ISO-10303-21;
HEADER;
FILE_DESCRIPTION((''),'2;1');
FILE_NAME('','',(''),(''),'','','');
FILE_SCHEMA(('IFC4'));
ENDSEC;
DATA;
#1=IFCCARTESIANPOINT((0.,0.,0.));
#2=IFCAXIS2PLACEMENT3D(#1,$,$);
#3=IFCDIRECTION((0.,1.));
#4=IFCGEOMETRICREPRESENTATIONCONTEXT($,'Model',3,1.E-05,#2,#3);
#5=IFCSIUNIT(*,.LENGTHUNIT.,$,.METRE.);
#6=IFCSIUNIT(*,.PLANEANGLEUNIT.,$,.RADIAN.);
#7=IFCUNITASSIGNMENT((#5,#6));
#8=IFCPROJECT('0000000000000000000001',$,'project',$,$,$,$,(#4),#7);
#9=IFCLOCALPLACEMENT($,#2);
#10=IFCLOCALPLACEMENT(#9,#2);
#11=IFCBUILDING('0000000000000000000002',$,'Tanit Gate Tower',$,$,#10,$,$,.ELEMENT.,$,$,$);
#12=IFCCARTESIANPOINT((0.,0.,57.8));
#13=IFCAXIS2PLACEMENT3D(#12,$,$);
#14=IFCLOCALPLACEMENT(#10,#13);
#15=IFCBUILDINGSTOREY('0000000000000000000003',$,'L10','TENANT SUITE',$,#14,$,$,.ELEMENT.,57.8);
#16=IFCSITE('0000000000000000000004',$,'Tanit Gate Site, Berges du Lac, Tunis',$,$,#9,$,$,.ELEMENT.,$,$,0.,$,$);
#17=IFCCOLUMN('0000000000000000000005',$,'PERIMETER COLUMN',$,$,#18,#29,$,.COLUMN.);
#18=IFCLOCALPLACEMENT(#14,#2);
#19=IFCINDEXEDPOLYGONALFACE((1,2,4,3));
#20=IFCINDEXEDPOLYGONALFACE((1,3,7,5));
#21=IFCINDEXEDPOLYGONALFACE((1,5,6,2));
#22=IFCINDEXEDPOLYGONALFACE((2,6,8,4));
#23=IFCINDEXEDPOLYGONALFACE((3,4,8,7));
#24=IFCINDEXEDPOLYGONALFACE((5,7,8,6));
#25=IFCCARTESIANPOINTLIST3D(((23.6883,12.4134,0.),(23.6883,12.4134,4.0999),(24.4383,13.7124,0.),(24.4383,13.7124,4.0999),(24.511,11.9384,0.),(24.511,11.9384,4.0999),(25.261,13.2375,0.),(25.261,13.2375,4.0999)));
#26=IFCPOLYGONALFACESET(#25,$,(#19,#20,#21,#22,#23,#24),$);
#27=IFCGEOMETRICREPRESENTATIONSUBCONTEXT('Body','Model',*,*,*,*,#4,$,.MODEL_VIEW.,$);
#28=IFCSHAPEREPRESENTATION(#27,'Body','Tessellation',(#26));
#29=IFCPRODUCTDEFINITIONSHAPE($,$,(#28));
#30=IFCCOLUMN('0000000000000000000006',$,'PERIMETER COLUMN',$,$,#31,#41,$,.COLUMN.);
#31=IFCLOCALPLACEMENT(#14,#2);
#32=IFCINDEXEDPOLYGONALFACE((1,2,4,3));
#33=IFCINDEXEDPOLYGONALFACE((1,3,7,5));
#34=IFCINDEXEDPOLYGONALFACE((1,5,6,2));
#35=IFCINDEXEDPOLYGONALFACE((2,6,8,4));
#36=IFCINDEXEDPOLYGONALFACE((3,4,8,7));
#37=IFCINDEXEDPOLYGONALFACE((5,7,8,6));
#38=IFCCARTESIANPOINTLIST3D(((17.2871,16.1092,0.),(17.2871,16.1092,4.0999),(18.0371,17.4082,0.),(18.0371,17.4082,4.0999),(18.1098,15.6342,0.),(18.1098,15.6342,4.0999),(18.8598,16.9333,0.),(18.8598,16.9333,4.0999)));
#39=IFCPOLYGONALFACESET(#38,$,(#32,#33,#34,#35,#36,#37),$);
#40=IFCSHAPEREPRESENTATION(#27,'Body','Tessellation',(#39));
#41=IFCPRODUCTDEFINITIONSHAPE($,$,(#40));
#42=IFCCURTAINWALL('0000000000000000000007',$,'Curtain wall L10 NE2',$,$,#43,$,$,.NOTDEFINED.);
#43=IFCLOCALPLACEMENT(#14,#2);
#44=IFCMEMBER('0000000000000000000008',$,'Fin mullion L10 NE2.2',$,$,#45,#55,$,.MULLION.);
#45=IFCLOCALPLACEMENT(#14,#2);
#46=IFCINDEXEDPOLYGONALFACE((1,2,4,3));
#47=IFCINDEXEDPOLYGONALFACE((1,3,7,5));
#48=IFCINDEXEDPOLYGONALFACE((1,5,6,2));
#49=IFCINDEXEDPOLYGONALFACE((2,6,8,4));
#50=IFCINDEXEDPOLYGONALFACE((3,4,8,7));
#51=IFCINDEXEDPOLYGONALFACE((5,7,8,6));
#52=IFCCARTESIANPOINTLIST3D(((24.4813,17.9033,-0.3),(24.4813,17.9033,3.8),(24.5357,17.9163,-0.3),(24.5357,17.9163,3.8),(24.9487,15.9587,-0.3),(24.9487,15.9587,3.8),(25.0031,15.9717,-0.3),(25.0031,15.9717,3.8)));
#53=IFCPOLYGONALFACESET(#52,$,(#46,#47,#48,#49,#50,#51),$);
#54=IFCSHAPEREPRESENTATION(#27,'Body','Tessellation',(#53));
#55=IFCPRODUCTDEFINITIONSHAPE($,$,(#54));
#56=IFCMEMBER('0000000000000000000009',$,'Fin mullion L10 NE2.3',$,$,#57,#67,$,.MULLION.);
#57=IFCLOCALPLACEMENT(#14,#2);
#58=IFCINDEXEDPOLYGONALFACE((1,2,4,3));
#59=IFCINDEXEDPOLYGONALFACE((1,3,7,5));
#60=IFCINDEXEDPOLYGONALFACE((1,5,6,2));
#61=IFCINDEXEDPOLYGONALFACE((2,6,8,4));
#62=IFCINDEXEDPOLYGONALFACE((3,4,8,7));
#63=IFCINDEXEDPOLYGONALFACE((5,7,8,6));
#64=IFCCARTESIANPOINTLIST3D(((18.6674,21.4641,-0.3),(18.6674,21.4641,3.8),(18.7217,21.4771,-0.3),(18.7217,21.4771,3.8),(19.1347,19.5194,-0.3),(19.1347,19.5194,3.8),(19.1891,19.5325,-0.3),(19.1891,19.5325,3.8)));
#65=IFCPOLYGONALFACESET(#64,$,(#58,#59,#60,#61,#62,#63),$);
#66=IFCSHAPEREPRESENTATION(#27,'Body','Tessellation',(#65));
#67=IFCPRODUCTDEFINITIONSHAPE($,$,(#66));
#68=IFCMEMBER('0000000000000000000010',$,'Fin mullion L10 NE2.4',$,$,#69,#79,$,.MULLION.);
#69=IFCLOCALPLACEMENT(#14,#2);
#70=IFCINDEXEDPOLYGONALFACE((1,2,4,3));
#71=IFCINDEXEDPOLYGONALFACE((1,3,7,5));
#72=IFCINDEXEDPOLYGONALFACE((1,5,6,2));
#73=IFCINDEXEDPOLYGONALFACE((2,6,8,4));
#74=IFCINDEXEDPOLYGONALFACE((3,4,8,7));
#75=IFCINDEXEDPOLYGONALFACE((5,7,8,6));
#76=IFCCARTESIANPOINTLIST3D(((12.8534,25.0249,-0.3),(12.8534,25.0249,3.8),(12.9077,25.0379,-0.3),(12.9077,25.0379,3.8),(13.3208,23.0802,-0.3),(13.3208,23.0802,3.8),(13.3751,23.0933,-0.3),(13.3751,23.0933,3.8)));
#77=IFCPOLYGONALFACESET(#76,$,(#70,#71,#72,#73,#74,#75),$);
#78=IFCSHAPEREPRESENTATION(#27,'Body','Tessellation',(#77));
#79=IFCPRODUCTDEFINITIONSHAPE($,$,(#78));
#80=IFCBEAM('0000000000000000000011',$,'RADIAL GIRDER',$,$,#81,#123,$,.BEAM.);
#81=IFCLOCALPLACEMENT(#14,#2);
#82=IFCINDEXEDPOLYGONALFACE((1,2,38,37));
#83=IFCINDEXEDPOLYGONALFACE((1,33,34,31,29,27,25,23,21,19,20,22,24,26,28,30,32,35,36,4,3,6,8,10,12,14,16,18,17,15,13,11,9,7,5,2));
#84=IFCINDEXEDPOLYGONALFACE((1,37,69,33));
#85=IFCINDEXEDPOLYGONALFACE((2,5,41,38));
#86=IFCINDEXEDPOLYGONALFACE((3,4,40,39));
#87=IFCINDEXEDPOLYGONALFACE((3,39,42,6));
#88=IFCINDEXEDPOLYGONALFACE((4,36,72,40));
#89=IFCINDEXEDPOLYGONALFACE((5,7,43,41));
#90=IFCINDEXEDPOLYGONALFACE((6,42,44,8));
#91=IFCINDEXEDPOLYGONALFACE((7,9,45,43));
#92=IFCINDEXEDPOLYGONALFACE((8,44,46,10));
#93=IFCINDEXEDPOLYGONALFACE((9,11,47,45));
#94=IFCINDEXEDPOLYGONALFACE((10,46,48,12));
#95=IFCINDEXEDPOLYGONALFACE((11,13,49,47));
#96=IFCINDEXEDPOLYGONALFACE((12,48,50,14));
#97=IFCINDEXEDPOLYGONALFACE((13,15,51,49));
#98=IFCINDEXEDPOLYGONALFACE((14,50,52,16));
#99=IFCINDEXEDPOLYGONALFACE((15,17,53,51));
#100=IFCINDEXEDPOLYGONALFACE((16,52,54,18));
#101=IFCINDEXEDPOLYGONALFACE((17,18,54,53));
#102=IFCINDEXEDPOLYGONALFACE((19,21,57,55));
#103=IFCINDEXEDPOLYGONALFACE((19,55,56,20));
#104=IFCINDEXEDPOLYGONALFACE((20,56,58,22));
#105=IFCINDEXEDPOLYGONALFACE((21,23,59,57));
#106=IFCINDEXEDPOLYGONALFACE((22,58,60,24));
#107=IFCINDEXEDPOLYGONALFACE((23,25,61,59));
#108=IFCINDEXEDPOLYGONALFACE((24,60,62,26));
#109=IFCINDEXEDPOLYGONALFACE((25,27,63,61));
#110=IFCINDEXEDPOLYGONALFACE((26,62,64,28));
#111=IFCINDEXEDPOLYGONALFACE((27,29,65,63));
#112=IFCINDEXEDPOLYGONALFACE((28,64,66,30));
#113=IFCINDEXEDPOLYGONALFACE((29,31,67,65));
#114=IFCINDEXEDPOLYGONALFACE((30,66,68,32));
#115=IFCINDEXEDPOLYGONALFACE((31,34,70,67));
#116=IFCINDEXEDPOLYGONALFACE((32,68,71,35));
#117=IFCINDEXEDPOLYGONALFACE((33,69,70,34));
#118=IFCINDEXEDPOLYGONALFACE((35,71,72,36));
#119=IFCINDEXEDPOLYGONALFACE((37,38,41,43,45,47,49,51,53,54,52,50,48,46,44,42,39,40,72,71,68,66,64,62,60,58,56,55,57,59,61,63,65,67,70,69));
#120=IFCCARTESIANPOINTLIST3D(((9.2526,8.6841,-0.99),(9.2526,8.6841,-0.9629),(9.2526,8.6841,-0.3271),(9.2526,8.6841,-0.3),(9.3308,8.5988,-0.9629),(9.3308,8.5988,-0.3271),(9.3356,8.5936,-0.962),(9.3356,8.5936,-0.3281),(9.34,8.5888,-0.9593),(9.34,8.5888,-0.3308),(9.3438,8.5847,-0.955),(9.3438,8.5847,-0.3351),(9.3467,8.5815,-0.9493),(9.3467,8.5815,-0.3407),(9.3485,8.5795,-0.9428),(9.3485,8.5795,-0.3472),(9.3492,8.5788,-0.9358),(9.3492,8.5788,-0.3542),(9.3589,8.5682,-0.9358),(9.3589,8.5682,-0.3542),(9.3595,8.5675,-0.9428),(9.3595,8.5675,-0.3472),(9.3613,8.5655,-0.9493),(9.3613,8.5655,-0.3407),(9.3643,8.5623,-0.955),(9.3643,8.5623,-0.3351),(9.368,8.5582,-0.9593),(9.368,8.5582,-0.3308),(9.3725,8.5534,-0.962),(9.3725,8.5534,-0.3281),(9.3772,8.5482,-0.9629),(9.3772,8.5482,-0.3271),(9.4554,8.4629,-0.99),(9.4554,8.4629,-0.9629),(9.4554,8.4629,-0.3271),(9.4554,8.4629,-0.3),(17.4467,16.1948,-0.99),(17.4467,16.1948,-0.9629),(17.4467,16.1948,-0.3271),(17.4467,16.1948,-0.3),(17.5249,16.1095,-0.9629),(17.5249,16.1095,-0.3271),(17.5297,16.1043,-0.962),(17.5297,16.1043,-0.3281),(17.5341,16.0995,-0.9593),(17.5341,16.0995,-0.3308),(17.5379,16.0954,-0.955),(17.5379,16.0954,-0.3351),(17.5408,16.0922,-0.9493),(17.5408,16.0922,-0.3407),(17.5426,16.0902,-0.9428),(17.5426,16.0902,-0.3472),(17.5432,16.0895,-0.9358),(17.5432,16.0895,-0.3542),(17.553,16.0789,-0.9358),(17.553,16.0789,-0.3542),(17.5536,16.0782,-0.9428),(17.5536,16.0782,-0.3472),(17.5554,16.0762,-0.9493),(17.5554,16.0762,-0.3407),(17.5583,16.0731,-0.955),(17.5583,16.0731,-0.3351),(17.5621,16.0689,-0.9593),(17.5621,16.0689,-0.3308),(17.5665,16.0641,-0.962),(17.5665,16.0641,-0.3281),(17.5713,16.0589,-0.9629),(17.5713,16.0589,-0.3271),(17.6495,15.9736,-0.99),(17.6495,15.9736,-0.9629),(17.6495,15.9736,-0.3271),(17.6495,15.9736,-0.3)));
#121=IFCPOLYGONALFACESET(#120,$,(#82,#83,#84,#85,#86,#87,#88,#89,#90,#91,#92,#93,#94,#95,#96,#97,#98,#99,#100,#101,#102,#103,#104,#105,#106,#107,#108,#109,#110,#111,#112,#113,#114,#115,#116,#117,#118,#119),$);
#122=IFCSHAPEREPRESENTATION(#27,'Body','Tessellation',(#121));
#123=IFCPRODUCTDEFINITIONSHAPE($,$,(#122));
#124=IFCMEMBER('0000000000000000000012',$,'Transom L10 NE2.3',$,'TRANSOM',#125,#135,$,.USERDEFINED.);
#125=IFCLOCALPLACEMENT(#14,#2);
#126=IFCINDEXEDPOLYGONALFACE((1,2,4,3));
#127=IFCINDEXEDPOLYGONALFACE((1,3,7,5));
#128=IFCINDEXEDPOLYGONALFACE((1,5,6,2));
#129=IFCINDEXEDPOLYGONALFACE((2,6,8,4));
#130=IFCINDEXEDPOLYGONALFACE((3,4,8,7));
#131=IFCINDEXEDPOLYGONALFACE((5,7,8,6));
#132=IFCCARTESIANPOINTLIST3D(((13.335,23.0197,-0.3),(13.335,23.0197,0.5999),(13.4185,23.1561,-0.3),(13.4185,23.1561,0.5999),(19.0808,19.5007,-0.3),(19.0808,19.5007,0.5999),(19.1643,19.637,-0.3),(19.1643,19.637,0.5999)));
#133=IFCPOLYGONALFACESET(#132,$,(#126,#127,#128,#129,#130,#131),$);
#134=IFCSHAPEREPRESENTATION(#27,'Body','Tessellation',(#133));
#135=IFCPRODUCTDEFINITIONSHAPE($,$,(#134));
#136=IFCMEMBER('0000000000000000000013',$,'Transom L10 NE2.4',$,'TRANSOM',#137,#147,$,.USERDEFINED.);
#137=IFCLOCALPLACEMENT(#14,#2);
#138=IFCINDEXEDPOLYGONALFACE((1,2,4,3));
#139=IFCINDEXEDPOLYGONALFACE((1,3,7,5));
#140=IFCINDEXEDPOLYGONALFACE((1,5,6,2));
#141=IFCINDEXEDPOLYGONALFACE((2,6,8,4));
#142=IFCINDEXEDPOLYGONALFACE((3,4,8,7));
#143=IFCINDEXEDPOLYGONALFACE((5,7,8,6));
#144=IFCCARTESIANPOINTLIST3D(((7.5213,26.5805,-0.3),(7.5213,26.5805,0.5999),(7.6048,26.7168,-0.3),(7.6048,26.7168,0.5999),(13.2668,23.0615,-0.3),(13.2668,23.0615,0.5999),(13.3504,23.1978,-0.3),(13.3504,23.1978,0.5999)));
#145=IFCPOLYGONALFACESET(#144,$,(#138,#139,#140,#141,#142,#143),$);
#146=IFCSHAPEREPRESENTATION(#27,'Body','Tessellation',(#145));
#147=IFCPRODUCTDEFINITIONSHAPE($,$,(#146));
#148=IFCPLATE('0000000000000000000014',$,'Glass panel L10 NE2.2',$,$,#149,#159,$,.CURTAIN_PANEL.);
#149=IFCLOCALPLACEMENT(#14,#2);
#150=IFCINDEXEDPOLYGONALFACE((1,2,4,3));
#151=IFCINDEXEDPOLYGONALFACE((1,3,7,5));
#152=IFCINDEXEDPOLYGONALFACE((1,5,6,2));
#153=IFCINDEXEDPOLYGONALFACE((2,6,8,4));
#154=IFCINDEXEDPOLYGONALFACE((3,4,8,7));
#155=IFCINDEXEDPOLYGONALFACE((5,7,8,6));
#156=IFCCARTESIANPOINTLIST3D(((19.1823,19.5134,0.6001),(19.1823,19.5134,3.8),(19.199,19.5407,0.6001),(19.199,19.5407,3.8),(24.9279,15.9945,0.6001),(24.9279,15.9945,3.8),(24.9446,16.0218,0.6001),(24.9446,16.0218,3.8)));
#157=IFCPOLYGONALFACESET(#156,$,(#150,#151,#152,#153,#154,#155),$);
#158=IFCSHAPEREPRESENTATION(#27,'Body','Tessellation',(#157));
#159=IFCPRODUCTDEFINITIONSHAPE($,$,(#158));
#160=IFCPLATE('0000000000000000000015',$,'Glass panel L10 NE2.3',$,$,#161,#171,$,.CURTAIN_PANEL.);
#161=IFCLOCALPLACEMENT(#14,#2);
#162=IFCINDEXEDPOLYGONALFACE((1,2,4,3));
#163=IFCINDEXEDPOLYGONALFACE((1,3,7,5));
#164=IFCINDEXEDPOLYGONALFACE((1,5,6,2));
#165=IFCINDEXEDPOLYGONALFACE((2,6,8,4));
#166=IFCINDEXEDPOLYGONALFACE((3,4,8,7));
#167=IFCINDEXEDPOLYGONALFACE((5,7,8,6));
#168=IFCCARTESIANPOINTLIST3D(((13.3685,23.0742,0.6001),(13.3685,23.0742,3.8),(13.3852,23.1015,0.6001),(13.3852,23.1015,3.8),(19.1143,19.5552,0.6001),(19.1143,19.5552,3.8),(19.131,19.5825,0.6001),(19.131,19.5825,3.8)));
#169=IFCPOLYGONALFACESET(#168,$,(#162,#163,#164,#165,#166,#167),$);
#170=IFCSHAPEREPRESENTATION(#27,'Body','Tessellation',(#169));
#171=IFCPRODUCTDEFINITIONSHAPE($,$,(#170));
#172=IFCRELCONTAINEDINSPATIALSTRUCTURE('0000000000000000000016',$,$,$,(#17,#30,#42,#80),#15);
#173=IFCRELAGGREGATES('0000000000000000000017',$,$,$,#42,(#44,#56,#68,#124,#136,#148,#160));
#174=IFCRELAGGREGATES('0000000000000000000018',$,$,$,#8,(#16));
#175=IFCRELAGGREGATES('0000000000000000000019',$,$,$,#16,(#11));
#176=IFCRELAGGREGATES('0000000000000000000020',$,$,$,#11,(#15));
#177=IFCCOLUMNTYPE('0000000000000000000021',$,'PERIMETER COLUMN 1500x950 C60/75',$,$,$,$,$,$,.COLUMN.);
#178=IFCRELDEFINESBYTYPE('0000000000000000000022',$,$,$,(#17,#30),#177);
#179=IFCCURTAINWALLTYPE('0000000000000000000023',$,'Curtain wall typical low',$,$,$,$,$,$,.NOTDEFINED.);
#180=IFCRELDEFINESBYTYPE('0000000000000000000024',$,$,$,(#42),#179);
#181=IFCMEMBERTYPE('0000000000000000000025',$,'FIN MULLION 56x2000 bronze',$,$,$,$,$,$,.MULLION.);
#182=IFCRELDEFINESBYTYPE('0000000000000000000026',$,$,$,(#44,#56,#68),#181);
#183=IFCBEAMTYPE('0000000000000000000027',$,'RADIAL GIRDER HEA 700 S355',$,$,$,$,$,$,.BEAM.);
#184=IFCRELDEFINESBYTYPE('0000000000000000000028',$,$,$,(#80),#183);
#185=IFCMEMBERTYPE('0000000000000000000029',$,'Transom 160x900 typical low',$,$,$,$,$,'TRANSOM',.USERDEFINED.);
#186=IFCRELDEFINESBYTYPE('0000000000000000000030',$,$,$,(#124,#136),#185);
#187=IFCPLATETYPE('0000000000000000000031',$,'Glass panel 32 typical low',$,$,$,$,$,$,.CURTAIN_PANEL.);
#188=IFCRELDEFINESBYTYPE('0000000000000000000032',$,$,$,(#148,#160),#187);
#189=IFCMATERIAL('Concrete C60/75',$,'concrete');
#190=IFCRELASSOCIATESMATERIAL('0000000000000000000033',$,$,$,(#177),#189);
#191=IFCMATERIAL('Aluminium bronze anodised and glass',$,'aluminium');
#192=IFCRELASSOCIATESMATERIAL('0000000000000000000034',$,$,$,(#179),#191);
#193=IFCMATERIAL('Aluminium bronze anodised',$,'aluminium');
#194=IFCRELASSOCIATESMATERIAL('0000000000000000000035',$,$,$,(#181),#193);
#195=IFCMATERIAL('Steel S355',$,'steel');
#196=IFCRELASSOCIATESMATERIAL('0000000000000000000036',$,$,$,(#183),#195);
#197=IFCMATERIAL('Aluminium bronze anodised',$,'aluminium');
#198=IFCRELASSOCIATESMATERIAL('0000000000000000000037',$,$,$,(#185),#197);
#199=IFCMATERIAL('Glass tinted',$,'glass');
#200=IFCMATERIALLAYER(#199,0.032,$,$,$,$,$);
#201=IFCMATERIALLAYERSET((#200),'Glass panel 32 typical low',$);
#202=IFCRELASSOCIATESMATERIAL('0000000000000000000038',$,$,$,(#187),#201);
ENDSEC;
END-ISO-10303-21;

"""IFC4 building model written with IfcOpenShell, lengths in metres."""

from ifc_helpers import new_model, si_unit, direction, frame, origin, origin_2d, place, context, subcontext, project, spatial, rectangle, i_section, extrude, material, layer, layer_set, material_profile, profile_set, type_object, element, aggregate, save


model = new_model("IFC4")

# Units and contexts
model_context = context("Model", 3, precision=1e-05, world=origin(), true_north=direction((0.0, 1.0)))
body_context = subcontext(model_context, "Body", "Model", "MODEL_VIEW")
ifc_project = project(units=[si_unit("LENGTHUNIT", "METRE"), si_unit("PLANEANGLEUNIT", "RADIAN")], contexts=[model_context])

# Site, building, storey
site_placement = place(None, origin())
site = spatial("IfcSite", under=ifc_project, at=site_placement, Name="Tanit Gate Site, Berges du Lac, Tunis", CompositionType="ELEMENT", RefElevation=0.0)
building_placement = place(site_placement, origin())
building = spatial("IfcBuilding", under=site, at=building_placement, Name="Tanit Gate Tower", CompositionType="ELEMENT")
storey_placement = place(building_placement, frame((0.0, 0.0, 57.8)))
storey = spatial("IfcBuildingStorey", under=building, at=storey_placement, Name="L10", Description="TENANT SUITE", CompositionType="ELEMENT", Elevation=57.8)

# Columns
ifc_material_1 = material(Name="Concrete C60/75", Category="concrete")
ifc_material_profile_1 = material_profile(ifc_material_1, rectangle(XDim=1.5, YDim=0.95, at=origin_2d()), Name="RC 1500x950")
ifc_profile_set_1 = profile_set([ifc_material_profile_1], Name="Concrete C60/75")
column_type = type_object("IfcColumnType", Name="PERIMETER COLUMN 1500x950 C60/75", PredefinedType="COLUMN", material=ifc_profile_set_1)
for number, where, z_axis, x_axis, name in (
    (1, (24.4746, 12.8254, 0.0), (0.0, 0.0, 1.0), (0.5, 0.866025, 0.0), "PERIMETER COLUMN"),
    (2, (18.0735, 16.5212, 0.0), (0.0, 0.0, 1.0), (0.5, 0.866025, 0.0), "PERIMETER COLUMN"),
):
    element("IfcColumn", number, at=place(storey_placement, frame(where, z_axis=z_axis, x_axis=x_axis)), inside=storey, type_object=column_type, Name=name, PredefinedType="COLUMN", context=body_context, shape_type="SweptSolid", body=[
        extrude(rectangle(XDim=1.5, YDim=0.95, at=origin_2d()), origin(), (0.0, 0.0, 1.0), 4.0999),
    ])

# Curtain wall, members
ifc_material_2 = material(Name="Aluminium bronze anodised and glass", Category="aluminium")
curtain_wall_type = type_object("IfcCurtainWallType", Name="Curtain wall typical low", PredefinedType="NOTDEFINED", material=ifc_material_2)
curtain_wall_placement = place(storey_placement, origin())
curtain_wall = element("IfcCurtainWall", 3, at=curtain_wall_placement, inside=storey, type_object=curtain_wall_type, Name="Curtain wall L10 NE2", PredefinedType="NOTDEFINED")
ifc_material_3 = material(Name="Aluminium bronze anodised", Category="aluminium")
ifc_material_profile_2 = material_profile(ifc_material_3, rectangle(XDim=2.0, YDim=0.0559, at=origin_2d()), Name="56x2000 bronze fin mullion")
ifc_profile_set_2 = profile_set([ifc_material_profile_2], Name="Aluminium bronze anodised")
member_type_1 = type_object("IfcMemberType", Name="FIN MULLION 56x2000 bronze", PredefinedType="MULLION", material=ifc_profile_set_2)
member_1_placement = place(storey_placement, frame((24.7422, 16.9375, -0.3), z_axis=(0.0, 0.0, 1.0), x_axis=(0.233691, -0.972311, 0.0)))
member_1 = element("IfcMember", 4, at=member_1_placement, type_object=member_type_1, Name="Fin mullion L10 NE2.2", PredefinedType="MULLION", context=body_context, shape_type="SweptSolid", body=[
    extrude(rectangle(XDim=2.0, YDim=0.0559, at=origin_2d()), origin(), (0.0, 0.0, 1.0), 4.1001),
])
member_2_placement = place(storey_placement, frame((18.9282, 20.4983, -0.3), z_axis=(0.0, 0.0, 1.0), x_axis=(0.233691, -0.972311, 0.0)))
member_2 = element("IfcMember", 5, at=member_2_placement, type_object=member_type_1, Name="Fin mullion L10 NE2.3", PredefinedType="MULLION", context=body_context, shape_type="SweptSolid", body=[
    extrude(rectangle(XDim=2.0, YDim=0.0559, at=origin_2d()), origin(), (0.0, 0.0, 1.0), 4.1001),
])
member_3_placement = place(storey_placement, frame((13.1143, 24.0591, -0.3), z_axis=(0.0, 0.0, 1.0), x_axis=(0.233691, -0.972311, 0.0)))
member_3 = element("IfcMember", 6, at=member_3_placement, type_object=member_type_1, Name="Fin mullion L10 NE2.4", PredefinedType="MULLION", context=body_context, shape_type="SweptSolid", body=[
    extrude(rectangle(XDim=2.0, YDim=0.0559, at=origin_2d()), origin(), (0.0, 0.0, 1.0), 4.1001),
])

# Beam
ifc_material_4 = material(Name="Steel S355", Category="steel")
ifc_material_profile_3 = material_profile(ifc_material_4, i_section(OverallWidth=0.3, OverallDepth=0.6899, WebThickness=0.0144, FlangeThickness=0.0271, FilletRadius=0.0271, at=origin_2d()), Name="HEA 700")
ifc_profile_set_3 = profile_set([ifc_material_profile_3], Name="Steel S355")
beam_type = type_object("IfcBeamType", Name="RADIAL GIRDER HEA 700 S355", PredefinedType="BEAM", material=ifc_profile_set_3)
beam_placement = place(storey_placement, frame((17.5481, 16.0842, -0.645), z_axis=(-0.737177, -0.6757, 0.0), x_axis=(0.6757, -0.737177, 0.0)))
element("IfcBeam", 7, at=beam_placement, inside=storey, type_object=beam_type, Name="RADIAL GIRDER", PredefinedType="BEAM", context=body_context, shape_type="SweptSolid", body=[
    extrude(i_section(OverallWidth=0.3, OverallDepth=0.6899, WebThickness=0.0144, FlangeThickness=0.0271, FilletRadius=0.0271, at=origin_2d()), origin(), (0.0, 0.0, 1.0), 11.1155),
])

# Members
ifc_material_5 = material(Name="Aluminium bronze anodised", Category="aluminium")
ifc_material_profile_4 = material_profile(ifc_material_5, rectangle(XDim=0.1599, YDim=0.8999, at=origin_2d()), Name="160x900 bronze transom")
ifc_profile_set_4 = profile_set([ifc_material_profile_4], Name="Aluminium bronze anodised")
member_type_2 = type_object("IfcMemberType", Name="Transom 160x900 typical low", ElementType="TRANSOM", PredefinedType="USERDEFINED", material=ifc_profile_set_4)
member_4_placement = place(storey_placement, frame((19.1226, 19.5688, 0.1499), z_axis=(-0.852774, 0.522281, 0.0), x_axis=(-0.522281, -0.852774, 0.0)))
member_4 = element("IfcMember", 8, at=member_4_placement, type_object=member_type_2, Name="Transom L10 NE2.3", ObjectType="TRANSOM", PredefinedType="USERDEFINED", context=body_context, shape_type="SweptSolid", body=[
    extrude(rectangle(XDim=0.1599, YDim=0.8999, at=origin_2d()), origin(), (0.0, 0.0, 1.0), 6.7378),
])
member_5_placement = place(storey_placement, frame((13.3086, 23.1296, 0.1499), z_axis=(-0.852764, 0.522297, 0.0), x_axis=(-0.522297, -0.852764, 0.0)))
member_5 = element("IfcMember", 9, at=member_5_placement, type_object=member_type_2, Name="Transom L10 NE2.4", ObjectType="TRANSOM", PredefinedType="USERDEFINED", context=body_context, shape_type="SweptSolid", body=[
    extrude(rectangle(XDim=0.1599, YDim=0.8999, at=origin_2d()), origin(), (0.0, 0.0, 1.0), 6.7375),
])

# Plates
ifc_material_6 = material(Name="Glass tinted", Category="glass")
ifc_layer = layer(ifc_material_6, 0.032)
ifc_layer_set = layer_set([ifc_layer], Name="Glass panel 32 typical low")
plate_type = type_object("IfcPlateType", Name="Glass panel 32 typical low", PredefinedType="CURTAIN_PANEL", material=ifc_layer_set)
plate_1_placement = place(storey_placement, frame((22.0635, 17.7676, 0.6001), z_axis=(0.0, 0.0, 1.0), x_axis=(-0.852772, 0.522283, 0.0)))
plate_1 = element("IfcPlate", 10, at=plate_1_placement, type_object=plate_type, Name="Glass panel L10 NE2.2", PredefinedType="CURTAIN_PANEL", context=body_context, shape_type="SweptSolid", body=[
    extrude(rectangle(XDim=6.7375, YDim=0.032, at=origin_2d()), origin(), (0.0, 0.0, 1.0), 3.2),
])
plate_2_placement = place(storey_placement, frame((16.2498, 21.3284, 0.6001), z_axis=(0.0, 0.0, 1.0), x_axis=(-0.852772, 0.522283, 0.0)))
plate_2 = element("IfcPlate", 11, at=plate_2_placement, type_object=plate_type, Name="Glass panel L10 NE2.3", PredefinedType="CURTAIN_PANEL", context=body_context, shape_type="SweptSolid", body=[
    extrude(rectangle(XDim=6.7378, YDim=0.032, at=origin_2d()), origin(), (0.0, 0.0, 1.0), 3.2),
])
aggregate(curtain_wall, [member_1, member_2, member_3, member_4, member_5, plate_1, plate_2])

save(model, "model.ifc")
